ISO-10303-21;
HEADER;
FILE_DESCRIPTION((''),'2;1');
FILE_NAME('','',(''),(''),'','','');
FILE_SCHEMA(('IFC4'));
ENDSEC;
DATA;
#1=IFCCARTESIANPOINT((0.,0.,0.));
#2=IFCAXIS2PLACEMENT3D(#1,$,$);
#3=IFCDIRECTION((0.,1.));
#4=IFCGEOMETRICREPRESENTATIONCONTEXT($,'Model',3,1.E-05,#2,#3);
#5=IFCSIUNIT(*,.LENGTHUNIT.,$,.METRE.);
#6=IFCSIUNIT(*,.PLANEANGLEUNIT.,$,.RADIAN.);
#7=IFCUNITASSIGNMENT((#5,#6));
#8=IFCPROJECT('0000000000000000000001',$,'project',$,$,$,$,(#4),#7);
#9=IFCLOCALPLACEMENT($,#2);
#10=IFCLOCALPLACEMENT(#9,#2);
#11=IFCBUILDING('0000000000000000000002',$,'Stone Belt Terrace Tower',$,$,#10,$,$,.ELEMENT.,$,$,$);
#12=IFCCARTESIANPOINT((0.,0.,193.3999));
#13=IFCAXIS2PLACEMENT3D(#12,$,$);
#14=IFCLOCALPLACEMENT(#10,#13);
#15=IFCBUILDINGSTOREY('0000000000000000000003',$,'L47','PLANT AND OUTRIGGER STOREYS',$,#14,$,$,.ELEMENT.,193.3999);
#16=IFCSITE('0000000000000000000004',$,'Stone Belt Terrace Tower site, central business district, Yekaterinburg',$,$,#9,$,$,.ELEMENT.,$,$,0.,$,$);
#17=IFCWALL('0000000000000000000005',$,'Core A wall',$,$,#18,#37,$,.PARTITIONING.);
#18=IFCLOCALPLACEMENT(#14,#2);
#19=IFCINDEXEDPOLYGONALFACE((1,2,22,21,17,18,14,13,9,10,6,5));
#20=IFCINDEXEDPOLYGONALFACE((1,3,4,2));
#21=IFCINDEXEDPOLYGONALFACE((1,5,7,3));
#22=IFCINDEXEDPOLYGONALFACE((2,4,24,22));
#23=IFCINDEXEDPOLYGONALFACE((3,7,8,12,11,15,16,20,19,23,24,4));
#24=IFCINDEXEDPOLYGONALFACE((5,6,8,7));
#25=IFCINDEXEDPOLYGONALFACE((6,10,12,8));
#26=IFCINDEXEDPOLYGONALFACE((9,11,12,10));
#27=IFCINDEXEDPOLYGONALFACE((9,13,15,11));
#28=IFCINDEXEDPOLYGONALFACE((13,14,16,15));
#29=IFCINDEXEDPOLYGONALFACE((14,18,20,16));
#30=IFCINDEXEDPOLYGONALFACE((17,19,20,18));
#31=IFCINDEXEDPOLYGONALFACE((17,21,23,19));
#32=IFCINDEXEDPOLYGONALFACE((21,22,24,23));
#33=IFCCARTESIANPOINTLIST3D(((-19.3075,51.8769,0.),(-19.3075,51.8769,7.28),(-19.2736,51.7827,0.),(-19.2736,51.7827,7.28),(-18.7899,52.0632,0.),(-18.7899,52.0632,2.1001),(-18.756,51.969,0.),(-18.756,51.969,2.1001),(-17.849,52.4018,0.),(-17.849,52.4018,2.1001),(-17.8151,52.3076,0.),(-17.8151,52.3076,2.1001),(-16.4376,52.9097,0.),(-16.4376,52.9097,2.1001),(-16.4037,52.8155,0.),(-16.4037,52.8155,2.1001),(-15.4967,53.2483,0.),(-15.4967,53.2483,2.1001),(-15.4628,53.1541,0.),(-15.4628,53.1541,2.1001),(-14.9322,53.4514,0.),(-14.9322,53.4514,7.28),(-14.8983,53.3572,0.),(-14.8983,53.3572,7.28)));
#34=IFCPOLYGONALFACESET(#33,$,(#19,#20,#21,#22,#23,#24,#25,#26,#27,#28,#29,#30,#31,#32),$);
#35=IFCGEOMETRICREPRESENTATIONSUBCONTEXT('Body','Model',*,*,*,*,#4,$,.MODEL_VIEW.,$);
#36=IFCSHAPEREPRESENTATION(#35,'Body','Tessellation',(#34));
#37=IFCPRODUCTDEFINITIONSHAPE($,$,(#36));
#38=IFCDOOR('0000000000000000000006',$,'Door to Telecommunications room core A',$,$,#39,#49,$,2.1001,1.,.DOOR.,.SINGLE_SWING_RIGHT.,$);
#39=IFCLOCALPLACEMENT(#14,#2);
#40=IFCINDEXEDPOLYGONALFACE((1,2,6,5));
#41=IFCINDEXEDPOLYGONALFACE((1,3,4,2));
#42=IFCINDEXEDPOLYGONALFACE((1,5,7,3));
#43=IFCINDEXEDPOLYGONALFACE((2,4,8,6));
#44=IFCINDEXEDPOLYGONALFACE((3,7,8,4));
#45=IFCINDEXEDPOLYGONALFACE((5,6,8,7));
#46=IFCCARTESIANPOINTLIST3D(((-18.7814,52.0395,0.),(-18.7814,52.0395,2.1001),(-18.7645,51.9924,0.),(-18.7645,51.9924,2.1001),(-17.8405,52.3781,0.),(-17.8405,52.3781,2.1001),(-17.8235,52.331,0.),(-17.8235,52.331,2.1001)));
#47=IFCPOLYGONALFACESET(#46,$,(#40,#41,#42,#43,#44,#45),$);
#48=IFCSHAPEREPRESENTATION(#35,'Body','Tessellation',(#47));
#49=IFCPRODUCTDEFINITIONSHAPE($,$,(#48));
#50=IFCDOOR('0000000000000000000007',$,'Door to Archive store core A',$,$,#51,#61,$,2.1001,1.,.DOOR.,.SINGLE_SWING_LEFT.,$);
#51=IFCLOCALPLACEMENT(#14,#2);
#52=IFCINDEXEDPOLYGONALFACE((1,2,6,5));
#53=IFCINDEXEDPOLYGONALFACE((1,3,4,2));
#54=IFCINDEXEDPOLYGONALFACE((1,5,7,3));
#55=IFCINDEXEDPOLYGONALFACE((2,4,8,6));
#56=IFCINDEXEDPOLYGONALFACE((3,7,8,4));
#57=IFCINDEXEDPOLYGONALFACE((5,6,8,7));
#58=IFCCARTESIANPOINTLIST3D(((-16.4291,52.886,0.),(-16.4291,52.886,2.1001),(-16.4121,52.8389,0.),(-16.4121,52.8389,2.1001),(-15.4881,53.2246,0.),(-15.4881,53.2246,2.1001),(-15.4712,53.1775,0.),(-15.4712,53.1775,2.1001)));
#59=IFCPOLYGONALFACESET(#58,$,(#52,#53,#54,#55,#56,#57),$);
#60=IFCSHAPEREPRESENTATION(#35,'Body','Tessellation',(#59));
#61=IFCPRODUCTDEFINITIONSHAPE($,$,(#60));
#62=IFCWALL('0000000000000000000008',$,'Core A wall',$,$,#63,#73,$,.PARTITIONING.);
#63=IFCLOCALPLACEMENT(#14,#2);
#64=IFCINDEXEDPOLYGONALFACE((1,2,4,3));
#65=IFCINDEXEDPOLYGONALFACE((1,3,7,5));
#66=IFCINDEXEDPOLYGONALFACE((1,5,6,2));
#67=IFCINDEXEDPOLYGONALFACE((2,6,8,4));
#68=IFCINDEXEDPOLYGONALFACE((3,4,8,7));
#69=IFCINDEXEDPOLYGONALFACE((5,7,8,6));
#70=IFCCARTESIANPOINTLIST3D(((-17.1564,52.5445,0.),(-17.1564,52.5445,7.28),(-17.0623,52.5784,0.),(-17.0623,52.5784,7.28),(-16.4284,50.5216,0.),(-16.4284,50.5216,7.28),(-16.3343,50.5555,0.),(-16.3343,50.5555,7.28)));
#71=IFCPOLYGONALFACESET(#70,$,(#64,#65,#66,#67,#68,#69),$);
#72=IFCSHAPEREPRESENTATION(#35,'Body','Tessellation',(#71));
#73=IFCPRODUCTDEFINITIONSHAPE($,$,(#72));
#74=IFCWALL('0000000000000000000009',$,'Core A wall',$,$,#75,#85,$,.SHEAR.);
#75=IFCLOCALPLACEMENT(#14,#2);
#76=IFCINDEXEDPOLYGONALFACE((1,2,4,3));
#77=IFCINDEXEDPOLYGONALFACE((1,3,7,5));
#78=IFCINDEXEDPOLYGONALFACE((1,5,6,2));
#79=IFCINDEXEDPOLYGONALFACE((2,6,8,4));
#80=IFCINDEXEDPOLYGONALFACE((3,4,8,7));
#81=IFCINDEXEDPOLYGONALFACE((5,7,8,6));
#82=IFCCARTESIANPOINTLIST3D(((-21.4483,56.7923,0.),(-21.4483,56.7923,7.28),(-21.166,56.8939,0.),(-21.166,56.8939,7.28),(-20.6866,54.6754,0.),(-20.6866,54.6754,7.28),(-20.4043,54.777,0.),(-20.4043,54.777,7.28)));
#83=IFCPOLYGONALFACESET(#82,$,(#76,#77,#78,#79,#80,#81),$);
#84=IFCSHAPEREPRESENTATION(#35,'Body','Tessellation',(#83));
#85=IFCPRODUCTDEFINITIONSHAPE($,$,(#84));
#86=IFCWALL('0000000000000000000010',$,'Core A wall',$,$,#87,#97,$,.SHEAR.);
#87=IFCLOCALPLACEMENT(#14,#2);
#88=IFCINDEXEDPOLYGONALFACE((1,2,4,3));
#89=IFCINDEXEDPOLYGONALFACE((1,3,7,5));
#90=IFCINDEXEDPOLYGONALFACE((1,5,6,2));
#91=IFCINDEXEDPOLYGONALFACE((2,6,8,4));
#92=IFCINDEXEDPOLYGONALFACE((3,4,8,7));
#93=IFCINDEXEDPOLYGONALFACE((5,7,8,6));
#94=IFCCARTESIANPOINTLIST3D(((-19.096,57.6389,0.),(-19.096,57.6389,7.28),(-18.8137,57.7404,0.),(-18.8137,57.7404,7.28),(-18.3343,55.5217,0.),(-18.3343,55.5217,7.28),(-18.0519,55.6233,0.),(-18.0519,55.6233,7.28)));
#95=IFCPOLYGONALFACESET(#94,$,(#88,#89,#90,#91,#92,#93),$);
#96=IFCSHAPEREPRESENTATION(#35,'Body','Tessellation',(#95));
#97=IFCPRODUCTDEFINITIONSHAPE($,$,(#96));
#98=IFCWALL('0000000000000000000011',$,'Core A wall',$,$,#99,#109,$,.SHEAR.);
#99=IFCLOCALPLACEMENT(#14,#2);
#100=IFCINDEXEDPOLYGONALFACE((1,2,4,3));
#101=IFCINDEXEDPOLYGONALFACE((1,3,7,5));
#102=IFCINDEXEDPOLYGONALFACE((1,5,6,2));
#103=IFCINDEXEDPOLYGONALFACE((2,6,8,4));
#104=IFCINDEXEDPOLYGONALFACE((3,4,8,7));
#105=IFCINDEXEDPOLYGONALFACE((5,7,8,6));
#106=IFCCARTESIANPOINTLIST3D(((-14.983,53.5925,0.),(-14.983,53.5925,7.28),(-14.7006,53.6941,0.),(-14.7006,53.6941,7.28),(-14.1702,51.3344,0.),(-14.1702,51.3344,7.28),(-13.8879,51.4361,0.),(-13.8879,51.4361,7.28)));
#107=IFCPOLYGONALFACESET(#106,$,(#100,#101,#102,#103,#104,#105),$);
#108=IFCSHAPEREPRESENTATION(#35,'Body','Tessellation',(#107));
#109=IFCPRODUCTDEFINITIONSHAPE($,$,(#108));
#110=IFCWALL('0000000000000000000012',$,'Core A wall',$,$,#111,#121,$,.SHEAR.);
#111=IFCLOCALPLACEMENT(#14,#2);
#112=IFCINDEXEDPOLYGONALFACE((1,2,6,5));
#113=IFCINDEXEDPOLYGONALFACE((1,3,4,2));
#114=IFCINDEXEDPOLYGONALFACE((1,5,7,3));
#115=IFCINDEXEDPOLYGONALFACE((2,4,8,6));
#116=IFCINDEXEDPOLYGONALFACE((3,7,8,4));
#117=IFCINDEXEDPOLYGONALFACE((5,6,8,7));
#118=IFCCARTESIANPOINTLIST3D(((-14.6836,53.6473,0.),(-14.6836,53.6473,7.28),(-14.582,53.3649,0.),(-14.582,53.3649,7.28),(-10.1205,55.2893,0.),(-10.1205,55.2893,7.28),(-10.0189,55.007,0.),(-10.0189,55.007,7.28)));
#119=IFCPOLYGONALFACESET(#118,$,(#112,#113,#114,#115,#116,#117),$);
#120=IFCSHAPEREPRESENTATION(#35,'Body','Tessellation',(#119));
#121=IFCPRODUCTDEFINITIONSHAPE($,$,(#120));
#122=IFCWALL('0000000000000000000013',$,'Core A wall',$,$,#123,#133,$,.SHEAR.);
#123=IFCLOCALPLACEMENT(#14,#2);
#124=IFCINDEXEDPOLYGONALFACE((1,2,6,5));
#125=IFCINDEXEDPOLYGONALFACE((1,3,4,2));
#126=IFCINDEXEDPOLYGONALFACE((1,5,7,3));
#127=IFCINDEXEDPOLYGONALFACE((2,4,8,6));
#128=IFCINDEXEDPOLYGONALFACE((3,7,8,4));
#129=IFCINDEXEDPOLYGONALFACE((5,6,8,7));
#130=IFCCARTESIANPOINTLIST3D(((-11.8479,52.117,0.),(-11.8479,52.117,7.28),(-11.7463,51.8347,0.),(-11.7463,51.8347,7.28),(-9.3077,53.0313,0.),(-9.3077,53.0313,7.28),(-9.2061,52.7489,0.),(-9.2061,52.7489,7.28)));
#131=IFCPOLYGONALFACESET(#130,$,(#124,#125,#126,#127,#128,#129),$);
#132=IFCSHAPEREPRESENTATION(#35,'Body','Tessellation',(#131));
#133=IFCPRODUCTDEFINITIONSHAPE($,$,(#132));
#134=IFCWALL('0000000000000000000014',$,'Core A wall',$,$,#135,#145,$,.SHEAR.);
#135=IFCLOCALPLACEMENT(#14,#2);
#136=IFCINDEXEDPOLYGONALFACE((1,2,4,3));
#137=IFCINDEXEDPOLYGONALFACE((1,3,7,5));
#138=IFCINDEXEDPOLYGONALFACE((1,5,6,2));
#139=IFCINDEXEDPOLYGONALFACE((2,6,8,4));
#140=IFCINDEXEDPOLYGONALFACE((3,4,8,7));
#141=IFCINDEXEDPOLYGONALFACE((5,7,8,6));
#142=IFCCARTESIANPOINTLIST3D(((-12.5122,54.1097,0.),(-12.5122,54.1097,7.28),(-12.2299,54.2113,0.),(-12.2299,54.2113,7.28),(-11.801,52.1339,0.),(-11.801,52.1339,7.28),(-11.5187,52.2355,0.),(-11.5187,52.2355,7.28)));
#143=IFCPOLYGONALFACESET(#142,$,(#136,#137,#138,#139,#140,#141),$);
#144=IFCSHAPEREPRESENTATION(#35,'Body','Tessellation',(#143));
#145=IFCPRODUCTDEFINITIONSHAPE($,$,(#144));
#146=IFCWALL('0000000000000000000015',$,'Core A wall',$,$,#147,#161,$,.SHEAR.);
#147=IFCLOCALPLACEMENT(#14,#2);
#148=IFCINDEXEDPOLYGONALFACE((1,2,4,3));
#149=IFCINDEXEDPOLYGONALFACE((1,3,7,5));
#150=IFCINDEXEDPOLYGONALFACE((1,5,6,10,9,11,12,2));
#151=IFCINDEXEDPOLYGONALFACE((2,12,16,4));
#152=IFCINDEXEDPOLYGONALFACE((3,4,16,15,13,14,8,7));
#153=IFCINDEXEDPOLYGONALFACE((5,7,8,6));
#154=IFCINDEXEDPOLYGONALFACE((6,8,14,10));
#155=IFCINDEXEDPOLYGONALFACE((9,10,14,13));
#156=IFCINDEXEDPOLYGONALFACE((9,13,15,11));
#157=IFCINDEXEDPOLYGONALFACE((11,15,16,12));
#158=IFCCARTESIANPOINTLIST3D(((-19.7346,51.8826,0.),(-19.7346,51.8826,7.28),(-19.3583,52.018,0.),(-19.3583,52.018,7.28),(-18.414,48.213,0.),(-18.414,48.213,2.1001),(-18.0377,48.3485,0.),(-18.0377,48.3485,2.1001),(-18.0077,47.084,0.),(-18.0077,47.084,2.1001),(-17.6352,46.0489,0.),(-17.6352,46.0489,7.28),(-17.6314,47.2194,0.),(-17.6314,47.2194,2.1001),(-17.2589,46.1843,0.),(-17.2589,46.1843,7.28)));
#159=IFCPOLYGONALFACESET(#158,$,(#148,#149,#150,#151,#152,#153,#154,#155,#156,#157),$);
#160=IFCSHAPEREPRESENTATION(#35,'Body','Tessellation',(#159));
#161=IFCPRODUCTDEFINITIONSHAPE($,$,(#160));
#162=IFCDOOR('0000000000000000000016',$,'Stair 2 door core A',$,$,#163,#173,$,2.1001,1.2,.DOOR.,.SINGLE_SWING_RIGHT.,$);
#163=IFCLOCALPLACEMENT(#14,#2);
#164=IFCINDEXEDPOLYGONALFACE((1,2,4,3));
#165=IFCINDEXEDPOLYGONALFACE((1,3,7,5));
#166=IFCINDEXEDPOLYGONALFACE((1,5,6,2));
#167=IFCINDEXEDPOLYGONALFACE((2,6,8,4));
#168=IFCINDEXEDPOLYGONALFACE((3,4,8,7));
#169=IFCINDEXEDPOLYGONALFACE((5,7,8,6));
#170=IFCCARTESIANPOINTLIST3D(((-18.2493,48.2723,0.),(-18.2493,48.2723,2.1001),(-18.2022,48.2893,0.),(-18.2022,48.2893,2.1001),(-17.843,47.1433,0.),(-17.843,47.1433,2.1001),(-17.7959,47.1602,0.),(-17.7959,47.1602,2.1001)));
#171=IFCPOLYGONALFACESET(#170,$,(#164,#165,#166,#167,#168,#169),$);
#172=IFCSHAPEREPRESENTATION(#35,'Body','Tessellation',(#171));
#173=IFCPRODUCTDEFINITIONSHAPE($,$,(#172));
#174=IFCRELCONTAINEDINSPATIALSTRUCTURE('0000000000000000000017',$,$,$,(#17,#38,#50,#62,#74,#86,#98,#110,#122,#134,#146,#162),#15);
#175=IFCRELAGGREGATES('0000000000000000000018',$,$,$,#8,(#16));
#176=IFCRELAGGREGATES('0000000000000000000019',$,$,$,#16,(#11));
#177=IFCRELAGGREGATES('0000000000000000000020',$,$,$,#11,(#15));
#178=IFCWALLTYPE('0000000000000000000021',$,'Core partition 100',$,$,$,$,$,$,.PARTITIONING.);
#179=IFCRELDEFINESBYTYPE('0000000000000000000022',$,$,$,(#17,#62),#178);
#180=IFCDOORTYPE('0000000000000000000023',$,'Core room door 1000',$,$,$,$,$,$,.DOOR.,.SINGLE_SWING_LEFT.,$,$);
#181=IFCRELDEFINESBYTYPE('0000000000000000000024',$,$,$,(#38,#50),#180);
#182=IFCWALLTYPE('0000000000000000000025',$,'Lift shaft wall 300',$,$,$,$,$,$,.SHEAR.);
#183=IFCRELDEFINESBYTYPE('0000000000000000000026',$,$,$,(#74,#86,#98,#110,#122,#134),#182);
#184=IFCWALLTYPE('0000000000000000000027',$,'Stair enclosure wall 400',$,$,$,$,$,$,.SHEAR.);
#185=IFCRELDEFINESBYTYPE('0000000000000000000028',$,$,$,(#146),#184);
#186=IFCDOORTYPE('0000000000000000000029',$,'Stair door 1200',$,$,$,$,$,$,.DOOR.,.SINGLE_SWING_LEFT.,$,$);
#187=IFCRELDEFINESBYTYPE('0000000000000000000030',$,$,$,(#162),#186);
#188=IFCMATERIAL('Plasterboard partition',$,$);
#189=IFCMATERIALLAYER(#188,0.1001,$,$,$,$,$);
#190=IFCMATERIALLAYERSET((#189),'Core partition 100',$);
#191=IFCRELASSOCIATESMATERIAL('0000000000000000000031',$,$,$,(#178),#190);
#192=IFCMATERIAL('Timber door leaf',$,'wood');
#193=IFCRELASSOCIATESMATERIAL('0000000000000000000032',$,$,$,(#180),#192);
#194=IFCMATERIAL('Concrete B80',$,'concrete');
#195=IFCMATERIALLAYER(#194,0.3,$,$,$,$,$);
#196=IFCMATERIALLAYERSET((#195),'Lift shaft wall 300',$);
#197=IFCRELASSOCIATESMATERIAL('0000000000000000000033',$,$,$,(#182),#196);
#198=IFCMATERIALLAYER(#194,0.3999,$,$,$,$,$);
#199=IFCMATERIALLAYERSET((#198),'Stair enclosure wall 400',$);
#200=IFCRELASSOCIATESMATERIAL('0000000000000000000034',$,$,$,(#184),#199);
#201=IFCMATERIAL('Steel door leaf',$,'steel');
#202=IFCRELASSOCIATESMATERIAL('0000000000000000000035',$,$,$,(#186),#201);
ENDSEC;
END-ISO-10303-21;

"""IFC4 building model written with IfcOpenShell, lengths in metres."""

from ifc_helpers import new_model, si_unit, direction, frame, frame_2d, origin, place, context, subcontext, project, spatial, rectangle, extrude, material, layer, layer_set, type_object, element, fill, save


model = new_model("IFC4")

# Units and contexts
model_context = context("Model", 3, precision=1e-05, world=origin(), true_north=direction((0.0, 1.0)))
body_context = subcontext(model_context, "Body", "Model", "MODEL_VIEW")
ifc_project = project(units=[si_unit("LENGTHUNIT", "METRE"), si_unit("PLANEANGLEUNIT", "RADIAN")], contexts=[model_context])

# Site, building, storey
site_placement = place(None, origin())
site = spatial("IfcSite", under=ifc_project, at=site_placement, Name="Stone Belt Terrace Tower site, central business district, Yekaterinburg", CompositionType="ELEMENT", RefElevation=0.0)
building_placement = place(site_placement, origin())
building = spatial("IfcBuilding", under=site, at=building_placement, Name="Stone Belt Terrace Tower", CompositionType="ELEMENT")
storey_placement = place(building_placement, frame((0.0, 0.0, 193.3999)))
storey = spatial("IfcBuildingStorey", under=building, at=storey_placement, Name="L47", Description="PLANT AND OUTRIGGER STOREYS", CompositionType="ELEMENT", Elevation=193.3999)

# Wall, openings, doors
ifc_material_1 = material(Name="Plasterboard partition")
ifc_layer_1 = layer(ifc_material_1, 0.1001)
ifc_layer_set_1 = layer_set([ifc_layer_1], Name="Core partition 100")
wall_type_1 = type_object("IfcWallType", Name="Core partition 100", PredefinedType="PARTITIONING", material=ifc_layer_set_1)
wall_1_placement = place(storey_placement, frame((-19.2905, 51.8298, 0.0), z_axis=(0.0, 0.0, 1.0), x_axis=(0.94093, 0.3386, 0.0)))
wall_1 = element("IfcWall", 1, at=wall_1_placement, inside=storey, type_object=wall_type_1, Name="Core A wall", PredefinedType="PARTITIONING", context=body_context, shape_type="SweptSolid", body=[
    extrude(rectangle(XDim=4.6499, YDim=0.1001, at=frame_2d((2.325, 0.0))), origin(), (0.0, 0.0, 1.0), 7.28),
])
opening_1_placement = place(wall_1_placement, frame((0.55, 0.0, 0.0)))
opening_1 = element("IfcOpeningElement", 2, at=opening_1_placement, cuts=wall_1, PredefinedType="OPENING", context=body_context, shape_type="SweptSolid", body=[
    extrude(rectangle(XDim=1.0, YDim=2.1001, at=frame_2d((0.5, 1.05))), frame((0.0, 0.0601, 0.0), z_axis=(0.0, -1.0, 0.0), x_axis=(1.0, 0.0, 0.0)), (0.0, 0.0, 1.0), 0.1201),
])
opening_2_placement = place(wall_1_placement, frame((3.05, 0.0, 0.0)))
opening_2 = element("IfcOpeningElement", 3, at=opening_2_placement, cuts=wall_1, PredefinedType="OPENING", context=body_context, shape_type="SweptSolid", body=[
    extrude(rectangle(XDim=1.0, YDim=2.1001, at=frame_2d((0.5, 1.05))), frame((0.0, 0.0601, 0.0), z_axis=(0.0, -1.0, 0.0), x_axis=(1.0, 0.0, 0.0)), (0.0, 0.0, 1.0), 0.1201),
])
ifc_material_2 = material(Name="Timber door leaf", Category="wood")
door_type_1 = type_object("IfcDoorType", Name="Core room door 1000", OperationType="SINGLE_SWING_LEFT", PredefinedType="DOOR", material=ifc_material_2)
door_1_placement = place(opening_1_placement, origin())
door_1 = element("IfcDoor", 4, at=door_1_placement, inside=storey, type_object=door_type_1, Name="Door to Telecommunications room core A", OperationType="SINGLE_SWING_RIGHT", OverallHeight=2.1001, OverallWidth=1.0, PredefinedType="DOOR", context=body_context, shape_type="SweptSolid", body=[
    extrude(rectangle(XDim=1.0, YDim=2.1001, at=frame_2d((0.5, 1.05))), frame((0.0, 0.0249, 0.0), z_axis=(0.0, -1.0, 0.0), x_axis=(1.0, 0.0, 0.0)), (0.0, 0.0, 1.0), 0.05),
])
fill(opening_1, door_1)
door_2_placement = place(opening_2_placement, origin())
door_2 = element("IfcDoor", 5, at=door_2_placement, inside=storey, type_object=door_type_1, Name="Door to Archive store core A", OperationType="SINGLE_SWING_LEFT", OverallHeight=2.1001, OverallWidth=1.0, PredefinedType="DOOR", context=body_context, shape_type="SweptSolid", body=[
    extrude(rectangle(XDim=1.0, YDim=2.1001, at=frame_2d((0.5, 1.05))), frame((0.0, 0.0249, 0.0), z_axis=(0.0, -1.0, 0.0), x_axis=(1.0, 0.0, 0.0)), (0.0, 0.0, 1.0), 0.05),
])
fill(opening_2, door_2)

# Walls
wall_2_placement = place(storey_placement, frame((-16.3813, 50.5386, 0.0), z_axis=(0.0, 0.0, 1.0), x_axis=(-0.338623, 0.940922, 0.0)))
element("IfcWall", 6, at=wall_2_placement, inside=storey, type_object=wall_type_1, Name="Core A wall", PredefinedType="PARTITIONING", context=body_context, shape_type="SweptSolid", body=[
    extrude(rectangle(XDim=2.1499, YDim=0.1001, at=frame_2d((1.075, 0.0))), origin(), (0.0, 0.0, 1.0), 7.28),
])
ifc_material_3 = material(Name="Concrete B80", Category="concrete")
ifc_layer_2 = layer(ifc_material_3, 0.3)
ifc_layer_set_2 = layer_set([ifc_layer_2], Name="Lift shaft wall 300")
wall_type_2 = type_object("IfcWallType", Name="Lift shaft wall 300", PredefinedType="SHEAR", material=ifc_layer_set_2)
wall_3_placement = place(storey_placement, frame((-20.5454, 54.7261, 0.0), z_axis=(0.0, 0.0, 1.0), x_axis=(-0.33857, 0.940941, 0.0)))
element("IfcWall", 7, at=wall_3_placement, inside=storey, type_object=wall_type_2, Name="Core A wall", PredefinedType="SHEAR", context=body_context, shape_type="SweptSolid", body=[
    extrude(rectangle(XDim=2.2498, YDim=0.3, at=frame_2d((1.125, 0.0))), origin(), (0.0, 0.0, 1.0), 7.28),
])
wall_4_placement = place(storey_placement, frame((-18.1931, 55.5725, 0.0), z_axis=(0.0, 0.0, 1.0), x_axis=(-0.338535, 0.940954, 0.0)))
element("IfcWall", 8, at=wall_4_placement, inside=storey, type_object=wall_type_2, Name="Core A wall", PredefinedType="SHEAR", context=body_context, shape_type="SweptSolid", body=[
    extrude(rectangle(XDim=2.25, YDim=0.3, at=frame_2d((1.125, 0.0))), origin(), (0.0, 0.0, 1.0), 7.28),
])
wall_5_placement = place(storey_placement, frame((-14.0291, 51.3853, 0.0), z_axis=(0.0, 0.0, 1.0), x_axis=(-0.338662, 0.940908, 0.0)))
element("IfcWall", 9, at=wall_5_placement, inside=storey, type_object=wall_type_2, Name="Core A wall", PredefinedType="SHEAR", context=body_context, shape_type="SweptSolid", body=[
    extrude(rectangle(XDim=2.3999, YDim=0.3, at=frame_2d((1.2, 0.0))), origin(), (0.0, 0.0, 1.0), 7.28),
])
wall_6_placement = place(storey_placement, frame((-14.6328, 53.5061, 0.0), z_axis=(0.0, 0.0, 1.0), x_axis=(0.940932, 0.338596, 0.0)))
element("IfcWall", 10, at=wall_6_placement, inside=storey, type_object=wall_type_2, Name="Core A wall", PredefinedType="SHEAR", context=body_context, shape_type="SweptSolid", body=[
    extrude(rectangle(XDim=4.8496, YDim=0.3, at=frame_2d((2.4248, 0.0))), origin(), (0.0, 0.0, 1.0), 7.28),
])
wall_7_placement = place(storey_placement, frame((-11.7971, 51.9758, 0.0), z_axis=(0.0, 0.0, 1.0), x_axis=(0.94091, 0.338655, 0.0)))
element("IfcWall", 11, at=wall_7_placement, inside=storey, type_object=wall_type_2, Name="Core A wall", PredefinedType="SHEAR", context=body_context, shape_type="SweptSolid", body=[
    extrude(rectangle(XDim=2.6997, YDim=0.3, at=frame_2d((1.3499, 0.0))), origin(), (0.0, 0.0, 1.0), 7.28),
])
wall_8_placement = place(storey_placement, frame((-11.6599, 52.1848, 0.0), z_axis=(0.0, 0.0, 1.0), x_axis=(-0.33867, 0.940905, 0.0)))
element("IfcWall", 12, at=wall_8_placement, inside=storey, type_object=wall_type_2, Name="Core A wall", PredefinedType="SHEAR", context=body_context, shape_type="SweptSolid", body=[
    extrude(rectangle(XDim=2.0999, YDim=0.3, at=frame_2d((1.0498, 0.0))), origin(), (0.0, 0.0, 1.0), 7.28),
])

# Wall, opening, door
ifc_layer_3 = layer(ifc_material_3, 0.3999)
ifc_layer_set_3 = layer_set([ifc_layer_3], Name="Stair enclosure wall 400")
wall_type_3 = type_object("IfcWallType", Name="Stair enclosure wall 400", PredefinedType="SHEAR", material=ifc_layer_set_3)
wall_9_placement = place(storey_placement, frame((-17.447, 46.1165, 0.0), z_axis=(0.0, 0.0, 1.0), x_axis=(-0.338608, 0.940928, 0.0)))
wall_9 = element("IfcWall", 13, at=wall_9_placement, inside=storey, type_object=wall_type_3, Name="Core A wall", PredefinedType="SHEAR", context=body_context, shape_type="SweptSolid", body=[
    extrude(rectangle(XDim=6.2, YDim=0.3999, at=frame_2d((3.1001, 0.0))), origin(), (0.0, 0.0, 1.0), 7.28),
])
opening_3_placement = place(wall_9_placement, frame((1.1001, 0.0, 0.0)))
opening_3 = element("IfcOpeningElement", 14, at=opening_3_placement, cuts=wall_9, PredefinedType="OPENING", context=body_context, shape_type="SweptSolid", body=[
    extrude(rectangle(XDim=1.2, YDim=2.1001, at=frame_2d((0.6001, 1.05))), frame((0.0, 0.21, 0.0), z_axis=(0.0, -1.0, 0.0), x_axis=(1.0, 0.0, 0.0)), (0.0, 0.0, 1.0), 0.4199),
])
ifc_material_4 = material(Name="Steel door leaf", Category="steel")
door_type_2 = type_object("IfcDoorType", Name="Stair door 1200", OperationType="SINGLE_SWING_LEFT", PredefinedType="DOOR", material=ifc_material_4)
door_3_placement = place(opening_3_placement, origin())
door_3 = element("IfcDoor", 15, at=door_3_placement, inside=storey, type_object=door_type_2, Name="Stair 2 door core A", OperationType="SINGLE_SWING_RIGHT", OverallHeight=2.1001, OverallWidth=1.2, PredefinedType="DOOR", context=body_context, shape_type="SweptSolid", body=[
    extrude(rectangle(XDim=1.2, YDim=2.1001, at=frame_2d((0.6001, 1.05))), frame((0.0, 0.0249, 0.0), z_axis=(0.0, -1.0, 0.0), x_axis=(1.0, 0.0, 0.0)), (0.0, 0.0, 1.0), 0.05),
])
fill(opening_3, door_3)

save(model, "model.ifc")
